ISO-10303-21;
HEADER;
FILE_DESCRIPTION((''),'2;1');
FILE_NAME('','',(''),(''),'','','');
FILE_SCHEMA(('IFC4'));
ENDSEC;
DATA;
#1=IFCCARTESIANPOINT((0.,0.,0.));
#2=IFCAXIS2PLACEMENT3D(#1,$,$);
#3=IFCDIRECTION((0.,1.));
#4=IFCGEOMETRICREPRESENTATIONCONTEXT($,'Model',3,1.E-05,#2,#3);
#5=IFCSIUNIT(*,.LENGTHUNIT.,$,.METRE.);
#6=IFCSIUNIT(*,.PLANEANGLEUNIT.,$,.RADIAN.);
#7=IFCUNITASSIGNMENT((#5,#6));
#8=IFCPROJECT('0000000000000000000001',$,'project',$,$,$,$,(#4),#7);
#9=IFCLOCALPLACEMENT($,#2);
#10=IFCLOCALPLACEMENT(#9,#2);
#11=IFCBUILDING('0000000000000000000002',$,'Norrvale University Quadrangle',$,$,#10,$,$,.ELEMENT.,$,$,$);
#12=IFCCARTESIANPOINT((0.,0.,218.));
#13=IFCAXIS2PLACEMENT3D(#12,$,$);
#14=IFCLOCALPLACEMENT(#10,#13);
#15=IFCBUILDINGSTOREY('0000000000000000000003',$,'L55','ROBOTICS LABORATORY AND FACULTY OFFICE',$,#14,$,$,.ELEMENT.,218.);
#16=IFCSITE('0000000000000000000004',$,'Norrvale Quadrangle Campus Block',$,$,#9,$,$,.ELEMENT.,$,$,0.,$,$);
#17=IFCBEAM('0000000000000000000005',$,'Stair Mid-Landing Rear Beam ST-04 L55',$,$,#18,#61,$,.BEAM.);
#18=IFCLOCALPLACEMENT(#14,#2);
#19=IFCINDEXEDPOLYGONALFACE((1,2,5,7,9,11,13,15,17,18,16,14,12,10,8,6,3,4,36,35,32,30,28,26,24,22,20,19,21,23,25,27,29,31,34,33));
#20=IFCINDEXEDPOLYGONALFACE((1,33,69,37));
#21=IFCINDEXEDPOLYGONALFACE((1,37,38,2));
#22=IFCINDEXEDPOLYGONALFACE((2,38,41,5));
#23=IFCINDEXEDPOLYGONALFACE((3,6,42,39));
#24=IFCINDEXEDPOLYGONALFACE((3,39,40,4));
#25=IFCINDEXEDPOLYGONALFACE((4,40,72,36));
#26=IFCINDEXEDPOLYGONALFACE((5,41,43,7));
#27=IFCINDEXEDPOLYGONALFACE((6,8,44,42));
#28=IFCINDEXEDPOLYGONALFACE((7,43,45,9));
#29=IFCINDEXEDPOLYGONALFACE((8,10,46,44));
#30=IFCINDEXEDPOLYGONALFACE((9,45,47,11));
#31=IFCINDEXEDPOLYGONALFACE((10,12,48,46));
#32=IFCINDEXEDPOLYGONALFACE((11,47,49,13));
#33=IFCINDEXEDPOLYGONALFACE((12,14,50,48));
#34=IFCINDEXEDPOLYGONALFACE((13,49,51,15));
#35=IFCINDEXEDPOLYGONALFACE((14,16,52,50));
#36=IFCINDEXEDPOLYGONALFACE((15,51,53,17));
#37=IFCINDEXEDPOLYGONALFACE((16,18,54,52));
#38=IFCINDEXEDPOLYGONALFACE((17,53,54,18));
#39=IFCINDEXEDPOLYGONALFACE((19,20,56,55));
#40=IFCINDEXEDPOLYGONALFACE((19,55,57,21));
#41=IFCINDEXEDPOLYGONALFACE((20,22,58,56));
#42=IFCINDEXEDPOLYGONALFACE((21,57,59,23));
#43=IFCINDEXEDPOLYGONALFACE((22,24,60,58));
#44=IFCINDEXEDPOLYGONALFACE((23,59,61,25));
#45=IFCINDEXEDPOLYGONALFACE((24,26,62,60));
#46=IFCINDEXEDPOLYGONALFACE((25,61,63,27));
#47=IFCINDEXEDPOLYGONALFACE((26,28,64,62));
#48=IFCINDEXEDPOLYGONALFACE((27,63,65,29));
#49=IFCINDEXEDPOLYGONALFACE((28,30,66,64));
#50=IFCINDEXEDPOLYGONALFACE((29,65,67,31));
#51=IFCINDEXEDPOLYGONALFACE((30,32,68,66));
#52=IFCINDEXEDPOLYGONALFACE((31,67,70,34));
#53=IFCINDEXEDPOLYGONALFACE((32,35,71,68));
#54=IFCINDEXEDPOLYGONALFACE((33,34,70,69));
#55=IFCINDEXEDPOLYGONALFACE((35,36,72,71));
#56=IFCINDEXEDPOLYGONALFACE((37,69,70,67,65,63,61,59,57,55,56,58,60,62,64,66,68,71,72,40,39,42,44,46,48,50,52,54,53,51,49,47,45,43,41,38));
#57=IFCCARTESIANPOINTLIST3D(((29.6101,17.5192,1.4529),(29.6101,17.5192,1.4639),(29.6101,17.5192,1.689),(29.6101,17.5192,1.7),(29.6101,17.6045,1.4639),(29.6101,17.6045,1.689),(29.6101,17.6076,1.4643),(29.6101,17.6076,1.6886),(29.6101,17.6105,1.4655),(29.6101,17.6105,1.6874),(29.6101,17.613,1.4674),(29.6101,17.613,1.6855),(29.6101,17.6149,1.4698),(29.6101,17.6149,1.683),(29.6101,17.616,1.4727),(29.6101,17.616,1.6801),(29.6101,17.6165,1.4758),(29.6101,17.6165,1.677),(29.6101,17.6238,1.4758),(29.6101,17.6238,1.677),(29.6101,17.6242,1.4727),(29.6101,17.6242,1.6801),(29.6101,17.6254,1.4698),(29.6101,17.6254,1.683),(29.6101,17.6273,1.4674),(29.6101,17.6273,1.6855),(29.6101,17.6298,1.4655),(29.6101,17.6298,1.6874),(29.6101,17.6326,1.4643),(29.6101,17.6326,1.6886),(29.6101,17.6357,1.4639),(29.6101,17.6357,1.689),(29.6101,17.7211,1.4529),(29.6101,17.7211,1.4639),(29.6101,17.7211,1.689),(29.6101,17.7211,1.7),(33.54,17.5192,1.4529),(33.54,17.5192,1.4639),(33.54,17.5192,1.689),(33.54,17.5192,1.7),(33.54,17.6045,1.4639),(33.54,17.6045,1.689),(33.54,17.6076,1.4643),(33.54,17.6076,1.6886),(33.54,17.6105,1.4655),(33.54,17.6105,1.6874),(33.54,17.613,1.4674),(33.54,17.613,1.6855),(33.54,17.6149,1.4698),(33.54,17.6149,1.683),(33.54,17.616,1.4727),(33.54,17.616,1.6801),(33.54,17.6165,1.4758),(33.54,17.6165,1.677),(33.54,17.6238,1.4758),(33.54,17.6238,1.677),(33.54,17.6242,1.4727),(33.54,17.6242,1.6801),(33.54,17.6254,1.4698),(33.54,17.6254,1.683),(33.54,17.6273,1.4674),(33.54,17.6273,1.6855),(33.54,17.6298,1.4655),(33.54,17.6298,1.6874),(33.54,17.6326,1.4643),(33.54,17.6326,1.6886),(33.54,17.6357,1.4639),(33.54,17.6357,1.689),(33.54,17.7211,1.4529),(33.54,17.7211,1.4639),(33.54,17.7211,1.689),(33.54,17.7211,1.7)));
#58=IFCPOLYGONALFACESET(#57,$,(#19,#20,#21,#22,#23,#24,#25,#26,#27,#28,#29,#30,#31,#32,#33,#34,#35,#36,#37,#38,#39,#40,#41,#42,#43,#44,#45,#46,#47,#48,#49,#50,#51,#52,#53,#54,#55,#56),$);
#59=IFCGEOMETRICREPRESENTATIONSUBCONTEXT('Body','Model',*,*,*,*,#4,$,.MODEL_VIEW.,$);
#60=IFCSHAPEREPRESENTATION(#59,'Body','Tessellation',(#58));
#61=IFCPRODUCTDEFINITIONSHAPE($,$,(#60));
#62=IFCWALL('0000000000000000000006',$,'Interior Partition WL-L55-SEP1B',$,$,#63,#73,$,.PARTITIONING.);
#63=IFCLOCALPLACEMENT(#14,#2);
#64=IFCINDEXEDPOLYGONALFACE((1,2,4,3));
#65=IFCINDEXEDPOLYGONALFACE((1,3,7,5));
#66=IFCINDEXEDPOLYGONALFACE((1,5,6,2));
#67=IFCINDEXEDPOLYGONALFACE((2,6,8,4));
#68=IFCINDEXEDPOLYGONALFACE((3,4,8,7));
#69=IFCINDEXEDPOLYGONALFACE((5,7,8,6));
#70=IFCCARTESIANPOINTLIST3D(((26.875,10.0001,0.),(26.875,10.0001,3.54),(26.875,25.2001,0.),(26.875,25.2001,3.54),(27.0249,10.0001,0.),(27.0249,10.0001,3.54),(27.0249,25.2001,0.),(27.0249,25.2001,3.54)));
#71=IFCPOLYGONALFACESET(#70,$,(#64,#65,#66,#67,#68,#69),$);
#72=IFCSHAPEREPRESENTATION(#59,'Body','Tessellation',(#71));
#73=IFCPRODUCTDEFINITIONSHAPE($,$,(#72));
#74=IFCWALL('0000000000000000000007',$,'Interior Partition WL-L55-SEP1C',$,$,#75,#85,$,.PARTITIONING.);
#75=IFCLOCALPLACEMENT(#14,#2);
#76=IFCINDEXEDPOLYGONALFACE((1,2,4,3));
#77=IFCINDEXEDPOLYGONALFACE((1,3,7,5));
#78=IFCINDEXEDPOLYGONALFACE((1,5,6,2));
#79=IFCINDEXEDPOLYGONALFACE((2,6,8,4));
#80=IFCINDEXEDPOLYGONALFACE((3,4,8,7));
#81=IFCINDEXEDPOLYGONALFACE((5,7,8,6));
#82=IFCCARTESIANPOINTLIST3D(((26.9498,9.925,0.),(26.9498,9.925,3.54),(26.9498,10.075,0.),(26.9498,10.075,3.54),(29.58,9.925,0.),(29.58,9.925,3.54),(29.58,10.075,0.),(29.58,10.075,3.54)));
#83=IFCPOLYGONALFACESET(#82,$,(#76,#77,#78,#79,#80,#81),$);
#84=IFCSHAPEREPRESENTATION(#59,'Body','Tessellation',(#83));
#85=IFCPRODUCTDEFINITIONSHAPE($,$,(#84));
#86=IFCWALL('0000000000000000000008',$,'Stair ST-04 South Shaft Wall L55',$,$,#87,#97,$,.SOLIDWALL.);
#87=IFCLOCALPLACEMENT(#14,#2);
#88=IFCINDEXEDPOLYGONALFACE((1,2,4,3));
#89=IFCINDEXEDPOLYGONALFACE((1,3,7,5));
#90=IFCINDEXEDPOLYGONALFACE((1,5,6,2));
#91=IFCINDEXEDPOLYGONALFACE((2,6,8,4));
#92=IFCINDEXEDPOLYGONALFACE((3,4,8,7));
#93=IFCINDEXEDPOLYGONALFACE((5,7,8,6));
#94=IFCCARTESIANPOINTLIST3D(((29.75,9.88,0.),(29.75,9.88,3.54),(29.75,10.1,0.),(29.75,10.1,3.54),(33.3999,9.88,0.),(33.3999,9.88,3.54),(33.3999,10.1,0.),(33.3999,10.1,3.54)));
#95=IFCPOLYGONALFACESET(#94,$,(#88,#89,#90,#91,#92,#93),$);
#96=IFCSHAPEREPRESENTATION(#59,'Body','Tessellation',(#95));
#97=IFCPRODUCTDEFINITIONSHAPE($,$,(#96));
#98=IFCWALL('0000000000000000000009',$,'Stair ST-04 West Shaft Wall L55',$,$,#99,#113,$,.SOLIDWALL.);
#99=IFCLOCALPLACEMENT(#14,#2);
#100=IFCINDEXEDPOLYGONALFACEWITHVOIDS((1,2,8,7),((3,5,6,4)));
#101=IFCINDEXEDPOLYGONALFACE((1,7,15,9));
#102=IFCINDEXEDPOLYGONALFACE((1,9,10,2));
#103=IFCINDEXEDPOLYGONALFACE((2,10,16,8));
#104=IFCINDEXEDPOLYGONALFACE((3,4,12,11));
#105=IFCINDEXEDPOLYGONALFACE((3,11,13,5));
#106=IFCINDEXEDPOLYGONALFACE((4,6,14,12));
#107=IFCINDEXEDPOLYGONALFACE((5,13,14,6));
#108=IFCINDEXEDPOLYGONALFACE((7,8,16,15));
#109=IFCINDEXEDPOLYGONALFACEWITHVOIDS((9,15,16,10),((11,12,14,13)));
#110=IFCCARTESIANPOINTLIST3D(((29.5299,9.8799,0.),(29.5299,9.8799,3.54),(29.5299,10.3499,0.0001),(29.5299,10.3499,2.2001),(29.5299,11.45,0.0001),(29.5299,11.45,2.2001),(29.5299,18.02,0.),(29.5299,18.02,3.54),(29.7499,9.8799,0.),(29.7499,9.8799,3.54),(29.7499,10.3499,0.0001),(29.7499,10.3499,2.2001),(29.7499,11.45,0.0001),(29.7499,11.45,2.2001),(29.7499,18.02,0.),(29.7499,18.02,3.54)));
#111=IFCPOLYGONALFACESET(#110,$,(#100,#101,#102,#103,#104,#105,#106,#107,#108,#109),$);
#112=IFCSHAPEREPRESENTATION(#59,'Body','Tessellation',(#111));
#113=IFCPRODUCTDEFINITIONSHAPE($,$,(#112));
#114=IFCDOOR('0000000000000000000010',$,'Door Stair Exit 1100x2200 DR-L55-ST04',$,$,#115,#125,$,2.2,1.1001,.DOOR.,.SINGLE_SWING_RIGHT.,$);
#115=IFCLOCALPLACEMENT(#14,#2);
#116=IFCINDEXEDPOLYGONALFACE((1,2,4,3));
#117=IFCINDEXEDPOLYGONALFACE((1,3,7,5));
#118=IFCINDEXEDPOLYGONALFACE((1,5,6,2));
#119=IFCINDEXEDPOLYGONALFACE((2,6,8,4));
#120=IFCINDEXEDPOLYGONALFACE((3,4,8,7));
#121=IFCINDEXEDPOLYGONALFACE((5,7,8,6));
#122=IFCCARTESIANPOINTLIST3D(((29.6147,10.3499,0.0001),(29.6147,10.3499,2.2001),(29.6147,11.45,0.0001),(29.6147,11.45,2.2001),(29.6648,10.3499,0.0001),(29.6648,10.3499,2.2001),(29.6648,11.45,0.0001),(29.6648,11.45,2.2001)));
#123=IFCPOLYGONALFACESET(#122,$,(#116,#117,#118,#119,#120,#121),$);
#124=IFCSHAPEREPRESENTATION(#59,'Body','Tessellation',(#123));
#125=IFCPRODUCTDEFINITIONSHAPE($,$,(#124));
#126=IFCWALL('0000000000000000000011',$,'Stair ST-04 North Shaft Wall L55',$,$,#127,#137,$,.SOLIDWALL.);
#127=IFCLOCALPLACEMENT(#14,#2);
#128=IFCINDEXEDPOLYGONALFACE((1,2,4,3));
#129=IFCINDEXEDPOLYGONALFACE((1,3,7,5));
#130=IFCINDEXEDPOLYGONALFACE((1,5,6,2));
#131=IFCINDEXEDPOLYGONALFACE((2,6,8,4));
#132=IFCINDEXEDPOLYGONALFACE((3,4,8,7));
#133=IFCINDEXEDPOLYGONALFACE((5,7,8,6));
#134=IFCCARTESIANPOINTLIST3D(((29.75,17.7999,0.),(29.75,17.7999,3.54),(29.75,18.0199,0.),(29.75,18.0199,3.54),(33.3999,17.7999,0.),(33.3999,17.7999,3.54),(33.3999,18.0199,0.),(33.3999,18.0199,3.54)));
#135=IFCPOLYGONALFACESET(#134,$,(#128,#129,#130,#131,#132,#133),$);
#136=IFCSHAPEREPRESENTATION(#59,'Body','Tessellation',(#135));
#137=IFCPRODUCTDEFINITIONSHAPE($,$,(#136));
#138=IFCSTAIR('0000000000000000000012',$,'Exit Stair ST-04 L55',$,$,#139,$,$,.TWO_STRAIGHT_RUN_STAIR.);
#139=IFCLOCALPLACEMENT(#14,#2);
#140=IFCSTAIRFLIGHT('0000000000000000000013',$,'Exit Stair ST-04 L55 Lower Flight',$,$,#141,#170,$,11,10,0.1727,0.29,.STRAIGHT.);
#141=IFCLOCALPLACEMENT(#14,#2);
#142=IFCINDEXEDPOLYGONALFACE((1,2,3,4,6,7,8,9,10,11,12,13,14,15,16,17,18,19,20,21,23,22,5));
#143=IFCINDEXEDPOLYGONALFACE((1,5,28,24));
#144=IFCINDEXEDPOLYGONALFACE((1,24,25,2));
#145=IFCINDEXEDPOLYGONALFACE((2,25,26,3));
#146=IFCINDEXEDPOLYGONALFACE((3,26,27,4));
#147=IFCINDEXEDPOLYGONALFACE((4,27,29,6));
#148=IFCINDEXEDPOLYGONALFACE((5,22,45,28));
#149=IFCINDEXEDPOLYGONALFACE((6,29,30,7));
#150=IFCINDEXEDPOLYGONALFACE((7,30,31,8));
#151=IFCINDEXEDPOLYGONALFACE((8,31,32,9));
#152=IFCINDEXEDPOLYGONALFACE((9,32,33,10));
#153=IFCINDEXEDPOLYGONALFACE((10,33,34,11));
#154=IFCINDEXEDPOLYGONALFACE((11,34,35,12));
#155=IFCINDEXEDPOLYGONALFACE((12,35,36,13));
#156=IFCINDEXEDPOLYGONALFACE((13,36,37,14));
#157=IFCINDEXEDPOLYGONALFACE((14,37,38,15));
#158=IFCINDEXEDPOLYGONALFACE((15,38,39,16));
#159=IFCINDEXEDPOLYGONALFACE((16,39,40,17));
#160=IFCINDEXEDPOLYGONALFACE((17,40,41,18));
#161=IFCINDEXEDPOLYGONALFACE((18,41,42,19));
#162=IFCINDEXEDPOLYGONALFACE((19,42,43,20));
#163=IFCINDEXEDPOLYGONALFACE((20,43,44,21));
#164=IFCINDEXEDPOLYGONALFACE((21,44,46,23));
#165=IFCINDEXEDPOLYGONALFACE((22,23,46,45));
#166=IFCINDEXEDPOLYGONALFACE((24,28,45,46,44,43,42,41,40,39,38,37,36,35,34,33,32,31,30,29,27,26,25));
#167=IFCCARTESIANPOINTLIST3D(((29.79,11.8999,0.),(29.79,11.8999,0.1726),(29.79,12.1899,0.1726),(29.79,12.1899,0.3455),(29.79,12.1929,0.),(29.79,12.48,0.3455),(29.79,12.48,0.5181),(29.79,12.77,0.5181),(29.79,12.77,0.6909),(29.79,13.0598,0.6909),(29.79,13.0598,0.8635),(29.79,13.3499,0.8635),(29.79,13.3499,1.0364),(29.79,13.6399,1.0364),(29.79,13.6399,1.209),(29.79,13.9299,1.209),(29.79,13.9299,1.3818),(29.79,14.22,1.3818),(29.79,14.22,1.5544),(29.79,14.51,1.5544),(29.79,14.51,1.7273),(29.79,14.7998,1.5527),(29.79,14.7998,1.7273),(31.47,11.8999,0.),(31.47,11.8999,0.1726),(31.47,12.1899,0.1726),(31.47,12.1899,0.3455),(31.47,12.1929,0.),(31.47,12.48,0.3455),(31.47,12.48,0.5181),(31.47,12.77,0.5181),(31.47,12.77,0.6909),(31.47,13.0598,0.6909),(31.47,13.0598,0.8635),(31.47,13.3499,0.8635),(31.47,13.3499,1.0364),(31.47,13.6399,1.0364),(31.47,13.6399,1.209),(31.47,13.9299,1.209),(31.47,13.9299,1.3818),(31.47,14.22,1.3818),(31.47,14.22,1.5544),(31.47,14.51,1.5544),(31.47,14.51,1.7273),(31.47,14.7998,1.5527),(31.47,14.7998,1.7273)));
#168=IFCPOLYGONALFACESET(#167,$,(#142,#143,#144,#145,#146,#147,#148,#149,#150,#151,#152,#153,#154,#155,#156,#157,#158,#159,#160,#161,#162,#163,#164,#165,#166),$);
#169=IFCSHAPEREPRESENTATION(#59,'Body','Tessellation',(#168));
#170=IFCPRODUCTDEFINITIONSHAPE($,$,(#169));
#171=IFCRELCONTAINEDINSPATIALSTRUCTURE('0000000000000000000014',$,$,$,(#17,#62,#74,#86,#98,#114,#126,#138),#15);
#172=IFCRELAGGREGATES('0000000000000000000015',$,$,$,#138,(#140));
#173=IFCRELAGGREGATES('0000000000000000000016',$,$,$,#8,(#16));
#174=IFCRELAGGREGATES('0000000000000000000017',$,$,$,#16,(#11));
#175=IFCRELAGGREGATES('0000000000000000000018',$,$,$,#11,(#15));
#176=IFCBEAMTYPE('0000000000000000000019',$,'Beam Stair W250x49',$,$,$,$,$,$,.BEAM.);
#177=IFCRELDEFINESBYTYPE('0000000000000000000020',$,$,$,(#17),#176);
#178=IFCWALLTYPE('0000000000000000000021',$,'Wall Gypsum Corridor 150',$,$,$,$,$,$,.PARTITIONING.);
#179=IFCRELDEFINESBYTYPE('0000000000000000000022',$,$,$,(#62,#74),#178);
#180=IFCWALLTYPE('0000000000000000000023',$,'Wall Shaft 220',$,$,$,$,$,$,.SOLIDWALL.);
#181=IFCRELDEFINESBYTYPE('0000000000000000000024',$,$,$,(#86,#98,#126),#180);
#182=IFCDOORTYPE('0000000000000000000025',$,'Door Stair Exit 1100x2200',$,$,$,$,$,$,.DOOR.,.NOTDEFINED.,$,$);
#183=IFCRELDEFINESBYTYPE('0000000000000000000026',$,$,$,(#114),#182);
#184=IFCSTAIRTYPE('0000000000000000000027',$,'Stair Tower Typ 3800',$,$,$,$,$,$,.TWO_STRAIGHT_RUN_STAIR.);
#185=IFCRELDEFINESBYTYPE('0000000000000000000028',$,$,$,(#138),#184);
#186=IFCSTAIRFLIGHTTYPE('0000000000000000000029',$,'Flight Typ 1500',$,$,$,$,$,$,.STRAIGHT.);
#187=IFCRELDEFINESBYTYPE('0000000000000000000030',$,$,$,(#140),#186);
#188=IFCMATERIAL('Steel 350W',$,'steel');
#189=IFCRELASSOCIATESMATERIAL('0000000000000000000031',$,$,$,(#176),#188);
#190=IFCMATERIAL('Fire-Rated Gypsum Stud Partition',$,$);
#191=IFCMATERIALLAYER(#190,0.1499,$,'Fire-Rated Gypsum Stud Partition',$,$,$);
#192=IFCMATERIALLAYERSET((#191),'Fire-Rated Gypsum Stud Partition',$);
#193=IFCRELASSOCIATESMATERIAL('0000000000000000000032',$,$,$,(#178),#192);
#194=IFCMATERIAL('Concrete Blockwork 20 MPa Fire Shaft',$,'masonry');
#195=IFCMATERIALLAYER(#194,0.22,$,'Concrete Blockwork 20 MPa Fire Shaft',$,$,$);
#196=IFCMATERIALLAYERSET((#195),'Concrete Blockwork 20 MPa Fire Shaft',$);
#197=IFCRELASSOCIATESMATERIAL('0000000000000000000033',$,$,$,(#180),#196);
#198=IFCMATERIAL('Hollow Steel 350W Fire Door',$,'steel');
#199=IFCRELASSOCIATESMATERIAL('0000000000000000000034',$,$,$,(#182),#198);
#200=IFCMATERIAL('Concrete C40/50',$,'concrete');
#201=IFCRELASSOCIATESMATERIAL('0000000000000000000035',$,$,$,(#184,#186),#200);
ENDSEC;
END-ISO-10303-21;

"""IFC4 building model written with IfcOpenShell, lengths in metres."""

from ifc_helpers import new_model, si_unit, direction, frame, frame_2d, origin, origin_2d, place, context, subcontext, project, spatial, polyline, rectangle, i_section, outline, extrude, material, layer, layer_set, material_profile, profile_set, type_object, element, fill, aggregate, save


model = new_model("IFC4")

# Units and contexts
model_context = context("Model", 3, precision=1e-05, world=origin(), true_north=direction((0.0, 1.0)))
body_context = subcontext(model_context, "Body", "Model", "MODEL_VIEW")
ifc_project = project(units=[si_unit("LENGTHUNIT", "METRE"), si_unit("PLANEANGLEUNIT", "RADIAN")], contexts=[model_context])

# Site, building, storey
site_placement = place(None, origin())
site = spatial("IfcSite", under=ifc_project, at=site_placement, Name="Norrvale Quadrangle Campus Block", CompositionType="ELEMENT", RefElevation=0.0)
building_placement = place(site_placement, origin())
building = spatial("IfcBuilding", under=site, at=building_placement, Name="Norrvale University Quadrangle", CompositionType="ELEMENT")
storey_placement = place(building_placement, frame((0.0, 0.0, 218.0)))
storey = spatial("IfcBuildingStorey", under=building, at=storey_placement, Name="L55", Description="ROBOTICS LABORATORY AND FACULTY OFFICE", CompositionType="ELEMENT", Elevation=218.0)

# Beam
ifc_material_1 = material(Name="Steel 350W", Category="steel")
ifc_material_profile_1 = material_profile(ifc_material_1, i_section(OverallWidth=0.2019, OverallDepth=0.2471, WebThickness=0.0073, FlangeThickness=0.011, FilletRadius=0.012, at=origin_2d()), Name="Steel 350W")
ifc_profile_set_1 = profile_set([ifc_material_profile_1], Name="Steel 350W")
beam_type_1 = type_object("IfcBeamType", Name="Beam Stair W250x49", PredefinedType="BEAM", material=ifc_profile_set_1)
for number, where, z_axis, x_axis, name in (
    (1, (29.6101, 17.6201, 1.5764), (1.0, 0.0, 0.0), (0.0, 1.0, 0.0), "Stair Mid-Landing Rear Beam ST-04 L55"),
):
    element("IfcBeam", number, at=place(storey_placement, frame(where, z_axis=z_axis, x_axis=x_axis)), inside=storey, type_object=beam_type_1, Name=name, PredefinedType="BEAM", context=body_context, shape_type="SweptSolid", body=[
        extrude(i_section(OverallWidth=0.2019, OverallDepth=0.2471, WebThickness=0.0073, FlangeThickness=0.011, FilletRadius=0.012, at=origin_2d()), origin(), (0.0, 0.0, 1.0), 3.9299),
    ])

# Walls
ifc_material_2 = material(Name="Fire-Rated Gypsum Stud Partition")
ifc_layer_1 = layer(ifc_material_2, 0.1499, Name="Fire-Rated Gypsum Stud Partition")
ifc_layer_set_1 = layer_set([ifc_layer_1], Name="Fire-Rated Gypsum Stud Partition")
wall_type_1 = type_object("IfcWallType", Name="Wall Gypsum Corridor 150", PredefinedType="PARTITIONING", material=ifc_layer_set_1)
wall_1_placement = place(storey_placement, frame((26.95, 10.0, 0.0), z_axis=(0.0, 0.0, 1.0), x_axis=(0.0, 1.0, 0.0)))
element("IfcWall", 2, at=wall_1_placement, inside=storey, type_object=wall_type_1, Name="Interior Partition WL-L55-SEP1B", PredefinedType="PARTITIONING", context=body_context, shape_type="SweptSolid", body=[
    extrude(rectangle(XDim=15.2, YDim=0.1499, at=frame_2d((7.6001, 0.0))), origin(), (0.0, 0.0, 1.0), 3.54),
])
wall_2_placement = place(storey_placement, frame((26.95, 10.0, 0.0), z_axis=(0.0, 0.0, 1.0), x_axis=(1.0, 0.0, 0.0)))
element("IfcWall", 3, at=wall_2_placement, inside=storey, type_object=wall_type_1, Name="Interior Partition WL-L55-SEP1C", PredefinedType="PARTITIONING", context=body_context, shape_type="SweptSolid", body=[
    extrude(rectangle(XDim=2.6301, YDim=0.1499, at=frame_2d((1.3149, 0.0))), origin(), (0.0, 0.0, 1.0), 3.54),
])
ifc_material_3 = material(Name="Concrete Blockwork 20 MPa Fire Shaft", Category="masonry")
ifc_layer_2 = layer(ifc_material_3, 0.22, Name="Concrete Blockwork 20 MPa Fire Shaft")
ifc_layer_set_2 = layer_set([ifc_layer_2], Name="Concrete Blockwork 20 MPa Fire Shaft")
wall_type_2 = type_object("IfcWallType", Name="Wall Shaft 220", PredefinedType="SOLIDWALL", material=ifc_layer_set_2)
wall_3_placement = place(storey_placement, frame((29.75, 9.99, 0.0), z_axis=(0.0, 0.0, 1.0), x_axis=(1.0, 0.0, 0.0)))
element("IfcWall", 4, at=wall_3_placement, inside=storey, type_object=wall_type_2, Name="Stair ST-04 South Shaft Wall L55", PredefinedType="SOLIDWALL", context=body_context, shape_type="SweptSolid", body=[
    extrude(rectangle(XDim=3.6499, YDim=0.22, at=frame_2d((1.825, 0.0))), origin(), (0.0, 0.0, 1.0), 3.54),
])

# Wall, opening, door
wall_4_placement = place(storey_placement, frame((29.6399, 9.8799, 0.0), z_axis=(0.0, 0.0, 1.0), x_axis=(0.0, 1.0, 0.0)))
wall_4 = element("IfcWall", 5, at=wall_4_placement, inside=storey, type_object=wall_type_2, Name="Stair ST-04 West Shaft Wall L55", PredefinedType="SOLIDWALL", context=body_context, shape_type="SweptSolid", body=[
    extrude(rectangle(XDim=8.1401, YDim=0.22, at=frame_2d((4.0701, 0.0))), origin(), (0.0, 0.0, 1.0), 3.54),
])
opening_placement = place(wall_4_placement, frame((0.47, 0.0, 0.0)))
opening = element("IfcOpeningElement", 6, at=opening_placement, cuts=wall_4, PredefinedType="OPENING", context=body_context, shape_type="SweptSolid", body=[
    extrude(rectangle(XDim=1.1001, YDim=2.2, at=frame_2d((0.55, 1.1001))), frame((0.0, 0.1221, 0.0), z_axis=(0.0, -1.0, 0.0), x_axis=(1.0, 0.0, 0.0)), (0.0, 0.0, 1.0), 0.2439),
])
ifc_material_4 = material(Name="Hollow Steel 350W Fire Door", Category="steel")
door_type = type_object("IfcDoorType", Name="Door Stair Exit 1100x2200", OperationType="NOTDEFINED", PredefinedType="DOOR", material=ifc_material_4)
door_placement = place(opening_placement, frame((1.1001, 0.0, 0.0), z_axis=(0.0, 0.0, 1.0), x_axis=(-1.0, 0.0, 0.0)))
door = element("IfcDoor", 7, at=door_placement, inside=storey, type_object=door_type, Name="Door Stair Exit 1100x2200 DR-L55-ST04", OperationType="SINGLE_SWING_RIGHT", OverallHeight=2.2, OverallWidth=1.1001, PredefinedType="DOOR", context=body_context, shape_type="SweptSolid", body=[
    extrude(rectangle(XDim=1.1001, YDim=2.2, at=frame_2d((0.55, 1.1001))), frame((0.0, 0.0249, 0.0), z_axis=(0.0, -1.0, 0.0), x_axis=(1.0, 0.0, 0.0)), (0.0, 0.0, 1.0), 0.05),
])
fill(opening, door)

# Wall
wall_5_placement = place(storey_placement, frame((29.75, 17.9099, 0.0), z_axis=(0.0, 0.0, 1.0), x_axis=(1.0, 0.0, 0.0)))
element("IfcWall", 8, at=wall_5_placement, inside=storey, type_object=wall_type_2, Name="Stair ST-04 North Shaft Wall L55", PredefinedType="SOLIDWALL", context=body_context, shape_type="SweptSolid", body=[
    extrude(rectangle(XDim=3.6499, YDim=0.22, at=frame_2d((1.825, 0.0))), origin(), (0.0, 0.0, 1.0), 3.54),
])

# Stair, stair flight
ifc_material_5 = material(Name="Concrete C40/50", Category="concrete")
stair_type = type_object("IfcStairType", Name="Stair Tower Typ 3800", PredefinedType="TWO_STRAIGHT_RUN_STAIR", material=ifc_material_5)
stair_placement = place(storey_placement, origin())
stair = element("IfcStair", 9, at=stair_placement, inside=storey, type_object=stair_type, Name="Exit Stair ST-04 L55", PredefinedType="TWO_STRAIGHT_RUN_STAIR")
stair_flight_type = type_object("IfcStairFlightType", Name="Flight Typ 1500", PredefinedType="STRAIGHT", material=ifc_material_5)
stair_flight_placement = place(storey_placement, frame((30.6299, 11.8999, 0.0), z_axis=(0.0, 0.0, 1.0), x_axis=(0.0, 1.0, 0.0)))
stair_flight = element("IfcStairFlight", 10, at=stair_flight_placement, type_object=stair_flight_type, Name="Exit Stair ST-04 L55 Lower Flight", NumberOfRisers=11, NumberOfTreads=10, PredefinedType="STRAIGHT", RiserHeight=0.1727, TreadLength=0.29, context=body_context, shape_type="SweptSolid", body=[
    extrude(outline(polyline([(0.0, 0.0), (0.0, 0.1726), (0.29, 0.1726), (0.29, 0.3455), (0.5801, 0.3455), (0.5801, 0.5181), (0.8701, 0.5181), (0.8701, 0.6909), (1.1599, 0.6909), (1.1599, 0.8635), (1.45, 0.8635), (1.45, 1.0364), (1.74, 1.0364), (1.74, 1.209), (2.03, 1.209), (2.03, 1.3818), (2.3201, 1.3818), (2.3201, 1.5544), (2.6101, 1.5544), (2.6101, 1.7273), (2.8999, 1.7273), (2.8999, 1.8999), (2.8999, 1.5527), (0.293, 0.0), (0.0, 0.0)])), frame((0.0, 0.8398, 0.0), z_axis=(0.0, -1.0, 0.0), x_axis=(1.0, 0.0, 0.0)), (0.0, 0.0, 1.0), 1.6799),
])
aggregate(stair, [stair_flight])

save(model, "model.ifc")
